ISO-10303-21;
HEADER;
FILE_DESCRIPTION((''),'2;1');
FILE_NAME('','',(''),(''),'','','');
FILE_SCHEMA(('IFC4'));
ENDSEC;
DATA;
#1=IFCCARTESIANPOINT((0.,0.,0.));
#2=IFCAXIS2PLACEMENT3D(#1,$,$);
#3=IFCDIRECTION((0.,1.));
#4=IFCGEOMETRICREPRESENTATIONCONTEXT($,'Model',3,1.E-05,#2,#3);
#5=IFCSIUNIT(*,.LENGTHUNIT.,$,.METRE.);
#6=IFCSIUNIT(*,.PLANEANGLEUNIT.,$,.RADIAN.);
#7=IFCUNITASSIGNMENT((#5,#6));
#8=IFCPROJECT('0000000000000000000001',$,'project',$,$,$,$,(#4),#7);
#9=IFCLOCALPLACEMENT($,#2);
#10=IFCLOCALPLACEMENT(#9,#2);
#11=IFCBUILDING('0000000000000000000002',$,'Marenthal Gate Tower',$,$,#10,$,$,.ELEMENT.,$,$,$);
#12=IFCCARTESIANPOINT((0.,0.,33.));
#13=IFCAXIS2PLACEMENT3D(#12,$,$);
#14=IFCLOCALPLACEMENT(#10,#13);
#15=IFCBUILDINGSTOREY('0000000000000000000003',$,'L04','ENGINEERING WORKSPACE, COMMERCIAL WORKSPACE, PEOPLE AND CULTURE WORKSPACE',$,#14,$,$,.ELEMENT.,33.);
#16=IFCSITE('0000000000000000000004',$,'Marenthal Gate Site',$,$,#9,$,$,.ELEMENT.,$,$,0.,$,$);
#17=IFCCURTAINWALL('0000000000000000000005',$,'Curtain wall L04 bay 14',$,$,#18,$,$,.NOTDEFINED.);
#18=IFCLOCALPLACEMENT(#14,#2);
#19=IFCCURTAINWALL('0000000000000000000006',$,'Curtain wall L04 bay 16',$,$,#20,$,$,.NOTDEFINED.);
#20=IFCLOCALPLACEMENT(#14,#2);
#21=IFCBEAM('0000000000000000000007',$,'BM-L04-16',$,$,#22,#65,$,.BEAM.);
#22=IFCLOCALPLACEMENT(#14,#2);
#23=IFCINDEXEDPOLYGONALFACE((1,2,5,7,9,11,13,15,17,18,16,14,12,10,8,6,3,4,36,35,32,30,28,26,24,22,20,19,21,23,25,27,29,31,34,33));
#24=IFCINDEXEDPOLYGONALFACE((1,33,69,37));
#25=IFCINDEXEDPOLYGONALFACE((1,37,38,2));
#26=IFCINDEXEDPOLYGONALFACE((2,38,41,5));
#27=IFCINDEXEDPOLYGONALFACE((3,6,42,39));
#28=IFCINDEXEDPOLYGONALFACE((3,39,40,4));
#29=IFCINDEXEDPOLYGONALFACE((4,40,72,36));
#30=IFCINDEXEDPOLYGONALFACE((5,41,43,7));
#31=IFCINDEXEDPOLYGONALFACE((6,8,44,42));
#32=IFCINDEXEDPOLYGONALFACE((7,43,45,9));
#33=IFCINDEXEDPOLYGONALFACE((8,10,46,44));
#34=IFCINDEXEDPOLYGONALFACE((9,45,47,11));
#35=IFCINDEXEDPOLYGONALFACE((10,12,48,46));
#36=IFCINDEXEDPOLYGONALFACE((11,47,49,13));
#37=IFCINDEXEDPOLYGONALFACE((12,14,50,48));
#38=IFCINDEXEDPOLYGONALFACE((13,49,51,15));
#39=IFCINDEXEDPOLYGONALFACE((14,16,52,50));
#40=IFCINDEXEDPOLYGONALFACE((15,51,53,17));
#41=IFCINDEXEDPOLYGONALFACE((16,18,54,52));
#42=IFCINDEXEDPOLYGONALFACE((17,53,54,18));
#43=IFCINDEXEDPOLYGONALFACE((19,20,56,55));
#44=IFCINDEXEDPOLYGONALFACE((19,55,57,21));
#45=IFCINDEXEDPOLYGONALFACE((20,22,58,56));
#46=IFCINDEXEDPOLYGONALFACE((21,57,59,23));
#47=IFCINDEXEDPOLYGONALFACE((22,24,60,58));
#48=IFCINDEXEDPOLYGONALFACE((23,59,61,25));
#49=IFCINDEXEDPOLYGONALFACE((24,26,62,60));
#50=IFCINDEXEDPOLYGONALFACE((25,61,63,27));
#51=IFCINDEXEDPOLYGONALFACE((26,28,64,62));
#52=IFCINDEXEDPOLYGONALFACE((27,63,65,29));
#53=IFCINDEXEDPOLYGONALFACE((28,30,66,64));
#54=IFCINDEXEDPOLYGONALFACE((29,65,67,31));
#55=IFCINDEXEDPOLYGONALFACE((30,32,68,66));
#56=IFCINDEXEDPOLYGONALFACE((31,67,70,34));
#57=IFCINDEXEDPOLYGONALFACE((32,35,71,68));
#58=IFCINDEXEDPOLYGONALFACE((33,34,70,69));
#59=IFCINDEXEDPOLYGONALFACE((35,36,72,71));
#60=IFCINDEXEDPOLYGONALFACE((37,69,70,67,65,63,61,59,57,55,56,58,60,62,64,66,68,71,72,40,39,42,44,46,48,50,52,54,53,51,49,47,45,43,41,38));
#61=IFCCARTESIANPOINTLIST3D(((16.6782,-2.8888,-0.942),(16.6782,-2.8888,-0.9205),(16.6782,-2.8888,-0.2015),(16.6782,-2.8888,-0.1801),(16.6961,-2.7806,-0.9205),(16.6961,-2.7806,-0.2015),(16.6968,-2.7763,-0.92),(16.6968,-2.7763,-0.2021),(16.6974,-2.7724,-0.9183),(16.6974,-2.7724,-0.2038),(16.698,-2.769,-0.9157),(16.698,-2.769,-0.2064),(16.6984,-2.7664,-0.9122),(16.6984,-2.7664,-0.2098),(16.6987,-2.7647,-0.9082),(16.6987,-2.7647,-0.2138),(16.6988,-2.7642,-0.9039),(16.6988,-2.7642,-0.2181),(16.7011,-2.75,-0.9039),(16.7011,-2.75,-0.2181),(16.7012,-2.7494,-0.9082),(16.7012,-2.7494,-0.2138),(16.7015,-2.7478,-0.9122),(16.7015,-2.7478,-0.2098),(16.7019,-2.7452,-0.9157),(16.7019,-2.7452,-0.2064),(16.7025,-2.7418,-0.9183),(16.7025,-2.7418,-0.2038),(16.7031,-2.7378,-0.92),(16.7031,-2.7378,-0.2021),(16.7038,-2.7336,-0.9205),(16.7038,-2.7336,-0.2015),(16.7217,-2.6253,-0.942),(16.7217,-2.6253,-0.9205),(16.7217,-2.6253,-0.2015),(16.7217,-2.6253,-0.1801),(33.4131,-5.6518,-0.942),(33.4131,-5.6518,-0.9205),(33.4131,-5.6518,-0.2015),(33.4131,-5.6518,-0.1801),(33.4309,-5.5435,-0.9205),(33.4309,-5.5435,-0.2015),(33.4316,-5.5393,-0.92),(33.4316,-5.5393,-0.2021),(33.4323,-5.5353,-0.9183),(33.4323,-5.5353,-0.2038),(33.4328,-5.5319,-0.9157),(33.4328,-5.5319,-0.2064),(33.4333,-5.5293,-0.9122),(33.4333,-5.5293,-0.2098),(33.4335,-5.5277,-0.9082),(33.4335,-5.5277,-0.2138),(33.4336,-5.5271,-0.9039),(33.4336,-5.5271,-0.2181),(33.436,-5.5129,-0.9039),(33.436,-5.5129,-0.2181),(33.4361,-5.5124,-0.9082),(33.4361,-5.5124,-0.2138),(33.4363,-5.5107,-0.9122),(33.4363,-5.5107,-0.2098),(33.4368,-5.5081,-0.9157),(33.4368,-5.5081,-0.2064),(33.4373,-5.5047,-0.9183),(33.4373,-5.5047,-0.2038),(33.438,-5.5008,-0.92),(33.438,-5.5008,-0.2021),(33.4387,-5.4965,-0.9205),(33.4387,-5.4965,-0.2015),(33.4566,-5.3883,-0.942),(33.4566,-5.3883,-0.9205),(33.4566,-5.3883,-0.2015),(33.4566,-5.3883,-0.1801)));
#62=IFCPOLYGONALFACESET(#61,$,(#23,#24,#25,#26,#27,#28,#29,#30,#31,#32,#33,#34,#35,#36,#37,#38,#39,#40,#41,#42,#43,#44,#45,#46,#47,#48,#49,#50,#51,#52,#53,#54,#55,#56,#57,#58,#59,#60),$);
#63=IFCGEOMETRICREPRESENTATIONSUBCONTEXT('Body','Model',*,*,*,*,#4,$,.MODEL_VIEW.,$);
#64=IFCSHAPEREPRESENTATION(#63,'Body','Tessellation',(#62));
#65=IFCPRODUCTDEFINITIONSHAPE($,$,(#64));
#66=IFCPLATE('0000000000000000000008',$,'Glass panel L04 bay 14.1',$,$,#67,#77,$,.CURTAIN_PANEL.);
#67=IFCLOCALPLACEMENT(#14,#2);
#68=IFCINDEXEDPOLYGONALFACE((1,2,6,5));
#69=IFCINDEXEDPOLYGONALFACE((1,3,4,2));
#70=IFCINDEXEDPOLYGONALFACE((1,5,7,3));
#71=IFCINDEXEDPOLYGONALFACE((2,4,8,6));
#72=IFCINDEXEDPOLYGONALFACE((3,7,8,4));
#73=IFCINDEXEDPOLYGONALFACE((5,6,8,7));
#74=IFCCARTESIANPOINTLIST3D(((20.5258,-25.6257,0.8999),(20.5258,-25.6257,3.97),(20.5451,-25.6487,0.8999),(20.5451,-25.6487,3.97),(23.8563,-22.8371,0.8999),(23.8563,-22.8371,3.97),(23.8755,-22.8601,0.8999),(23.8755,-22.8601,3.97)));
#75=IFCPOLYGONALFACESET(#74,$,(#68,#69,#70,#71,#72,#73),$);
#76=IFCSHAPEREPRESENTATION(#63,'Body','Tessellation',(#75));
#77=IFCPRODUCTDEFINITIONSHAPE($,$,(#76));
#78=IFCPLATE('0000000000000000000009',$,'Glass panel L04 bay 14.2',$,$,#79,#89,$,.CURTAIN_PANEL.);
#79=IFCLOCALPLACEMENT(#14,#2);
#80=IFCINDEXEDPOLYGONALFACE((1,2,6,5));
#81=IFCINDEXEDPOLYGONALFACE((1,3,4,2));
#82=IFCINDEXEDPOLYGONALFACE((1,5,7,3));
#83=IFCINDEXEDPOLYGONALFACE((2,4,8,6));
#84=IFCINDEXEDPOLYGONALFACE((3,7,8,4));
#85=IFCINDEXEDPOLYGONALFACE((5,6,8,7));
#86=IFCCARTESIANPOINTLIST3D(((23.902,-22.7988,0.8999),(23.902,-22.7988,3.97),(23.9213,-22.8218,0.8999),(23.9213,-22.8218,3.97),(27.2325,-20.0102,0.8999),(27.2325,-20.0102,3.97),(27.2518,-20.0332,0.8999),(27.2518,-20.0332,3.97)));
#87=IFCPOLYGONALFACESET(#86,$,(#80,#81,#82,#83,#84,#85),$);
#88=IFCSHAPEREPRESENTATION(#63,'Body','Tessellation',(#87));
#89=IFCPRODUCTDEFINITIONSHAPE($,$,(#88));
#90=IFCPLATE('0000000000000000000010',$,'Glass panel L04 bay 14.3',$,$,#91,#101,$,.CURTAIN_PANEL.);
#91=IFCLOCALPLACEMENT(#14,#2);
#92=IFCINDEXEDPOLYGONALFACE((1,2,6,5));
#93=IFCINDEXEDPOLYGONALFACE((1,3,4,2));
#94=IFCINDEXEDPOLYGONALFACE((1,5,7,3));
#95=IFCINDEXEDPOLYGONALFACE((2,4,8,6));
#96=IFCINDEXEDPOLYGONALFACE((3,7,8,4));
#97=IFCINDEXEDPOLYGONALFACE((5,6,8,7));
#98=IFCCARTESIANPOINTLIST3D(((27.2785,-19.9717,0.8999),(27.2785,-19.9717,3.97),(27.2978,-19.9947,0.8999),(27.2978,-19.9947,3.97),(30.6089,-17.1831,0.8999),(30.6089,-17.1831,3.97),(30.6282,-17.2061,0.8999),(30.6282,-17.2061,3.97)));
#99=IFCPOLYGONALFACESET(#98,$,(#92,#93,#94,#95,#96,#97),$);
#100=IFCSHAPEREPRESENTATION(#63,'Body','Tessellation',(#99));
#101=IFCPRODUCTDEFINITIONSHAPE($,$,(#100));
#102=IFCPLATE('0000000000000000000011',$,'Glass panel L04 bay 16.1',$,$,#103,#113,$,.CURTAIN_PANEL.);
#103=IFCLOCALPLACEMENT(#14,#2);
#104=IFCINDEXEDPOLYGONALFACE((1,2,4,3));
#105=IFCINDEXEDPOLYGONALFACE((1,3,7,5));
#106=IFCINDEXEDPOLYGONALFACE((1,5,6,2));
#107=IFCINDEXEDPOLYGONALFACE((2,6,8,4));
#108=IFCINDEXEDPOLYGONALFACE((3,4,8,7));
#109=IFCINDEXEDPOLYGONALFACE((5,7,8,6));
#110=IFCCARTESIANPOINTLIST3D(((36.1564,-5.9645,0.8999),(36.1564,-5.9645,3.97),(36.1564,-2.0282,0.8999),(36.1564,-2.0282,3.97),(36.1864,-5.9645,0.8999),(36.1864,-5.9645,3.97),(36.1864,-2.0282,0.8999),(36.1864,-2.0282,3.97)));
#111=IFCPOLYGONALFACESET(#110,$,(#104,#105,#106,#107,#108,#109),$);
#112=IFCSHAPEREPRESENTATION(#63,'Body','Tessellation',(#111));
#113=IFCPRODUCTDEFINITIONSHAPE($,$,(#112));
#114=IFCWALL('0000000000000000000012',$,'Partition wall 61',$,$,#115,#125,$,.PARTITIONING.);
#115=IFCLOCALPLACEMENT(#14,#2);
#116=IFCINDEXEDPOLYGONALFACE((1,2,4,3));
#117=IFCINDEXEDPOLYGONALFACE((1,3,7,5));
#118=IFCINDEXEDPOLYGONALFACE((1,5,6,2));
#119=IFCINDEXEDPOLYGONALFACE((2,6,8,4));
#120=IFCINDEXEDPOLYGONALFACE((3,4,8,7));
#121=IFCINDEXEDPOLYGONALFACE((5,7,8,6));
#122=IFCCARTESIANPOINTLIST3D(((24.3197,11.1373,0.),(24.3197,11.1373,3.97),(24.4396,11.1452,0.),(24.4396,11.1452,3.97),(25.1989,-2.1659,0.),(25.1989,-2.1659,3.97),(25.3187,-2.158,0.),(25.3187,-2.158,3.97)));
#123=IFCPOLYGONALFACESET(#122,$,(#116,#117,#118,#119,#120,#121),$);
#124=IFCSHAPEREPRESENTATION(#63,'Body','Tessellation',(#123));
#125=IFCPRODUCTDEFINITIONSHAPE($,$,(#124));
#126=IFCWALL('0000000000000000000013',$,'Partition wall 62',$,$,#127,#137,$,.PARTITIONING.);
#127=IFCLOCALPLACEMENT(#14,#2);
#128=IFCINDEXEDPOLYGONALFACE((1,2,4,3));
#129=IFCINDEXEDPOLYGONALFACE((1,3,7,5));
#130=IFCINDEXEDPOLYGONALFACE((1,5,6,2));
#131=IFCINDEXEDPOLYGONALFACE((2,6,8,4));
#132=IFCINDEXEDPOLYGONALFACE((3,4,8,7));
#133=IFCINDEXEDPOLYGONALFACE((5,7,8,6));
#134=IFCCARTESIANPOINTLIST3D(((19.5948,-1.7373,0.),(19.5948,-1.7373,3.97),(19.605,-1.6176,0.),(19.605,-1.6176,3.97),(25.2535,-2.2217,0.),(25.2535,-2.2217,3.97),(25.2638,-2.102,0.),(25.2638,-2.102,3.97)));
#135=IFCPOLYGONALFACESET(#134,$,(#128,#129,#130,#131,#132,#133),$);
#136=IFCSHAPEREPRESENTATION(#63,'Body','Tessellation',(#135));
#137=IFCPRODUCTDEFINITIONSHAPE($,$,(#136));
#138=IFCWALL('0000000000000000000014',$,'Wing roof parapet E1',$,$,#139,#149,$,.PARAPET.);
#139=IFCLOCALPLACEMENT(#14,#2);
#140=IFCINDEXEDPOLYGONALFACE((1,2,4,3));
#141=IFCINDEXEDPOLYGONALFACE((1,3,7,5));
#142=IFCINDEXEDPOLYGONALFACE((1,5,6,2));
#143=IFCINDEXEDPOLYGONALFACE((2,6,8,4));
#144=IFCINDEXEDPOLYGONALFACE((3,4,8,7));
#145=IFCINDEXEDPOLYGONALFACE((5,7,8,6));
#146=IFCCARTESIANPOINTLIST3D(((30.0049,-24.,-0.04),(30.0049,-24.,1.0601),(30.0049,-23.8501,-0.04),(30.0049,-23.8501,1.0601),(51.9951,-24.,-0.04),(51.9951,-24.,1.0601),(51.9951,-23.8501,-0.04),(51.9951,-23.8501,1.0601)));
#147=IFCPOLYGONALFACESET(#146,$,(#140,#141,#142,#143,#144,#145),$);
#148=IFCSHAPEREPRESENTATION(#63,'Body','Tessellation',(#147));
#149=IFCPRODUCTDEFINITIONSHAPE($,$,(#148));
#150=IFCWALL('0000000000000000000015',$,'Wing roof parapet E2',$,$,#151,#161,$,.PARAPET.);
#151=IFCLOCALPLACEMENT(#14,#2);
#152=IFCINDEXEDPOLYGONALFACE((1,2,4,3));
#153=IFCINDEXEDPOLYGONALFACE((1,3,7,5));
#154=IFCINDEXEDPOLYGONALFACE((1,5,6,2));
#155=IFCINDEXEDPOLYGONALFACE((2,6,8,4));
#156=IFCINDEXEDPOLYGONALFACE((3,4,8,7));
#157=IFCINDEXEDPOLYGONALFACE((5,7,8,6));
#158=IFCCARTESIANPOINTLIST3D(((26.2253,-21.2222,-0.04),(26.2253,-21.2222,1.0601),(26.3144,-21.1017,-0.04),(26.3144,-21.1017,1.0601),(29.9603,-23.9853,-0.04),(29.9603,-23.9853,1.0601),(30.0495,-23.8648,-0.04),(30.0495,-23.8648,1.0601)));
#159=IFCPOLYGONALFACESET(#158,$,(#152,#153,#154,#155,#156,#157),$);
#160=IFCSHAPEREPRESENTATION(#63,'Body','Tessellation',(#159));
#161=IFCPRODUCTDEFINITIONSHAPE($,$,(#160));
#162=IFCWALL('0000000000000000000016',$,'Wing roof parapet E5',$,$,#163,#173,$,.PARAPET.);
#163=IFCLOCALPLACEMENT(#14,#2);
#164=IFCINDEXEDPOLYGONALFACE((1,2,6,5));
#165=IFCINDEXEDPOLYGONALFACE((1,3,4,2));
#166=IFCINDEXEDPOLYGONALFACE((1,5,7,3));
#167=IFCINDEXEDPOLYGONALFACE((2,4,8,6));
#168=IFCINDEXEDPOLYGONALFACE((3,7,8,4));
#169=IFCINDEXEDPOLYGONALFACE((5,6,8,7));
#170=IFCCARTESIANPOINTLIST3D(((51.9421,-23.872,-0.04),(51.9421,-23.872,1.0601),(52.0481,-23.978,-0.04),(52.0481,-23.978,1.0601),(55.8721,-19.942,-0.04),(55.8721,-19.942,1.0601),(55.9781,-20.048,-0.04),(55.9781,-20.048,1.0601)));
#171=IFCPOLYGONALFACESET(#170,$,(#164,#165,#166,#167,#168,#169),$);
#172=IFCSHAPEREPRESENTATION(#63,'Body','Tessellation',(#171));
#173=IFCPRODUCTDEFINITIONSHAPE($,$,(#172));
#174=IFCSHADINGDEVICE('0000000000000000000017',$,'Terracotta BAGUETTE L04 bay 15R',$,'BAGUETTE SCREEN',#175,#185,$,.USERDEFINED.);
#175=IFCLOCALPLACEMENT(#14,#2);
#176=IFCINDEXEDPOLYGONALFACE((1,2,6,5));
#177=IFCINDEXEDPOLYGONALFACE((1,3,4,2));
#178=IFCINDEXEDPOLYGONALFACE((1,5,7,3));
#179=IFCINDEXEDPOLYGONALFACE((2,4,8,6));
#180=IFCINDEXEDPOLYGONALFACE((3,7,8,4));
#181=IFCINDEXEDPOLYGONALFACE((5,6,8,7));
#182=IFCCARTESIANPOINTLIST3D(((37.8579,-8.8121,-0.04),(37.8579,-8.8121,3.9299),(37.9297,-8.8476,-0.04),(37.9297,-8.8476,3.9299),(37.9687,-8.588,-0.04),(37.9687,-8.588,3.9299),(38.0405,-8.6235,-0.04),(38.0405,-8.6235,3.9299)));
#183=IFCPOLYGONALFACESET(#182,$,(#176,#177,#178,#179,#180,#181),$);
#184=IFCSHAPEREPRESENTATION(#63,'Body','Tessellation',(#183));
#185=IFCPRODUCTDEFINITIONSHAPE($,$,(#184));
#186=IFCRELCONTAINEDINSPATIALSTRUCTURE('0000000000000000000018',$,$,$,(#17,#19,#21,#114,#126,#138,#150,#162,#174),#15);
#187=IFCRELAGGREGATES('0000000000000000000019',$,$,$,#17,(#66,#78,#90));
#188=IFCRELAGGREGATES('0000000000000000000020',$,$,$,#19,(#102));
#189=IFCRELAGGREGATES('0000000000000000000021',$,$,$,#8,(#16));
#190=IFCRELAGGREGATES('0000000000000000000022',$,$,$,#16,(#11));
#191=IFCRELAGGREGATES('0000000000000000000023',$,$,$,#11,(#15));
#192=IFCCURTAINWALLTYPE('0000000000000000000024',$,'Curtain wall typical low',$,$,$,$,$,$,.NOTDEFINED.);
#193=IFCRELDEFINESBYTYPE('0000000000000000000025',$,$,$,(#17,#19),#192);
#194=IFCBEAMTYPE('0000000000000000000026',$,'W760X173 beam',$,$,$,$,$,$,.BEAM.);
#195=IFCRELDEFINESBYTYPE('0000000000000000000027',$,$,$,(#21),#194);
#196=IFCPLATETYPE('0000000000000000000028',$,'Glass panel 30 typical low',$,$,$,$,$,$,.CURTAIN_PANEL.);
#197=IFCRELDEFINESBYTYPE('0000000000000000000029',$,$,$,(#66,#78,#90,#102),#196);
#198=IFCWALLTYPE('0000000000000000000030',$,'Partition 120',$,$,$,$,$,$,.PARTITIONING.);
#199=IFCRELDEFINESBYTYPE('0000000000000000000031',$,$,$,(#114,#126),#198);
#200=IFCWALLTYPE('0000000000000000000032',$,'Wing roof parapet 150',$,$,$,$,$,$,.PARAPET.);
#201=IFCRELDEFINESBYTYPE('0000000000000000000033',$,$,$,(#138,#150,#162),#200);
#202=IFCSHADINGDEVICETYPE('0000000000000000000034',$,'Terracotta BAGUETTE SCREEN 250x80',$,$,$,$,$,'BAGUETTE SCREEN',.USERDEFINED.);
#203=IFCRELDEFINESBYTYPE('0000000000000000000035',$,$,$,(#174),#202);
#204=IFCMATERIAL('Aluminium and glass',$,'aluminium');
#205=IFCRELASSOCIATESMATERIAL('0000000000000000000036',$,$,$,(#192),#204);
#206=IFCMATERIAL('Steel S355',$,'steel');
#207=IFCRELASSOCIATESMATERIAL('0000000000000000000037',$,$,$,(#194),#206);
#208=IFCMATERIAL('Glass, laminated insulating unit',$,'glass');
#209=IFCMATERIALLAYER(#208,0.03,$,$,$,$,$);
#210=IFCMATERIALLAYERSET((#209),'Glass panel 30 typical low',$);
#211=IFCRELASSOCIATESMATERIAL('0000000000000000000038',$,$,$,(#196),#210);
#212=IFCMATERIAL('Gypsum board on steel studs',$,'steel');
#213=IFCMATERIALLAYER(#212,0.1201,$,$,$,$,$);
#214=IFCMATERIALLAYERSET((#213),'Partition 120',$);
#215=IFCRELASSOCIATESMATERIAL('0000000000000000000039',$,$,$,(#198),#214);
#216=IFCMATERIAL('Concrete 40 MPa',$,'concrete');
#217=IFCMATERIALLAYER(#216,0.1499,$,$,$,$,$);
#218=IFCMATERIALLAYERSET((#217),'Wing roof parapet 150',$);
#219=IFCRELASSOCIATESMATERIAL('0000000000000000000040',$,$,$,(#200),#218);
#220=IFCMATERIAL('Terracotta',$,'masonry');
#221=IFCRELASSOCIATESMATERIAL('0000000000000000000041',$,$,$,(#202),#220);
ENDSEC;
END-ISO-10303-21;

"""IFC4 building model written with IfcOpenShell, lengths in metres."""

from ifc_helpers import new_model, si_unit, direction, frame, frame_2d, origin, origin_2d, place, context, subcontext, project, spatial, rectangle, i_section, extrude, material, layer, layer_set, material_profile, profile_set, type_object, element, aggregate, save


model = new_model("IFC4")

# Units and contexts
model_context = context("Model", 3, precision=1e-05, world=origin(), true_north=direction((0.0, 1.0)))
body_context = subcontext(model_context, "Body", "Model", "MODEL_VIEW")
ifc_project = project(units=[si_unit("LENGTHUNIT", "METRE"), si_unit("PLANEANGLEUNIT", "RADIAN")], contexts=[model_context])

# Site, building, storey
site_placement = place(None, origin())
site = spatial("IfcSite", under=ifc_project, at=site_placement, Name="Marenthal Gate Site", CompositionType="ELEMENT", RefElevation=0.0)
building_placement = place(site_placement, origin())
building = spatial("IfcBuilding", under=site, at=building_placement, Name="Marenthal Gate Tower", CompositionType="ELEMENT")
storey_placement = place(building_placement, frame((0.0, 0.0, 33.0)))
storey = spatial("IfcBuildingStorey", under=building, at=storey_placement, Name="L04", Description="ENGINEERING WORKSPACE, COMMERCIAL WORKSPACE, PEOPLE AND CULTURE WORKSPACE", CompositionType="ELEMENT", Elevation=33.0)

# Curtain walls
ifc_material_1 = material(Name="Aluminium and glass", Category="aluminium")
curtain_wall_type = type_object("IfcCurtainWallType", Name="Curtain wall typical low", PredefinedType="NOTDEFINED", material=ifc_material_1)
curtain_wall_1_placement = place(storey_placement, origin())
curtain_wall_1 = element("IfcCurtainWall", 1, at=curtain_wall_1_placement, inside=storey, type_object=curtain_wall_type, Name="Curtain wall L04 bay 14", PredefinedType="NOTDEFINED")
curtain_wall_2_placement = place(storey_placement, origin())
curtain_wall_2 = element("IfcCurtainWall", 2, at=curtain_wall_2_placement, inside=storey, type_object=curtain_wall_type, Name="Curtain wall L04 bay 16", PredefinedType="NOTDEFINED")

# Beam
ifc_material_2 = material(Name="Steel S355", Category="steel")
ifc_material_profile_1 = material_profile(ifc_material_2, i_section(OverallWidth=0.2671, OverallDepth=0.762, WebThickness=0.0144, FlangeThickness=0.0215, FilletRadius=0.0166, at=origin_2d()), Name="W760X173")
ifc_profile_set_1 = profile_set([ifc_material_profile_1], Name="Steel S355")
beam_type_1 = type_object("IfcBeamType", Name="W760X173 beam", PredefinedType="BEAM", material=ifc_profile_set_1)
beam_1_placement = place(storey_placement, frame((33.4348, -5.52, -0.561), z_axis=(-0.986643, 0.162896, 0.0), x_axis=(-0.162896, -0.986643, 0.0)))
element("IfcBeam", 3, at=beam_1_placement, inside=storey, type_object=beam_type_1, Name="BM-L04-16", PredefinedType="BEAM", context=body_context, shape_type="SweptSolid", body=[
    extrude(i_section(OverallWidth=0.2671, OverallDepth=0.762, WebThickness=0.0144, FlangeThickness=0.0215, FilletRadius=0.0166, at=origin_2d()), origin(), (0.0, 0.0, 1.0), 16.9614),
])

# Plates
ifc_material_3 = material(Name="Glass, laminated insulating unit", Category="glass")
ifc_layer_1 = layer(ifc_material_3, 0.03)
ifc_layer_set_1 = layer_set([ifc_layer_1], Name="Glass panel 30 typical low")
plate_type = type_object("IfcPlateType", Name="Glass panel 30 typical low", PredefinedType="CURTAIN_PANEL", material=ifc_layer_set_1)
plate_1_placement = place(storey_placement, frame((22.2007, -24.2429, 0.8999), z_axis=(0.0, 0.0, 1.0), x_axis=(0.76672, 0.641982, 0.0)))
plate_1 = element("IfcPlate", 4, at=plate_1_placement, type_object=plate_type, Name="Glass panel L04 bay 14.1", PredefinedType="CURTAIN_PANEL", context=body_context, shape_type="SweptSolid", body=[
    extrude(rectangle(XDim=4.3438, YDim=0.03, at=origin_2d()), origin(), (0.0, 0.0, 1.0), 3.0701),
])
plate_2_placement = place(storey_placement, frame((25.5769, -21.416, 0.8999), z_axis=(0.0, 0.0, 1.0), x_axis=(0.76672, 0.641982, 0.0)))
plate_2 = element("IfcPlate", 5, at=plate_2_placement, type_object=plate_type, Name="Glass panel L04 bay 14.2", PredefinedType="CURTAIN_PANEL", context=body_context, shape_type="SweptSolid", body=[
    extrude(rectangle(XDim=4.3438, YDim=0.03, at=origin_2d()), origin(), (0.0, 0.0, 1.0), 3.0701),
])
plate_3_placement = place(storey_placement, frame((28.9534, -18.5889, 0.8999), z_axis=(0.0, 0.0, 1.0), x_axis=(0.76672, 0.641982, 0.0)))
plate_3 = element("IfcPlate", 6, at=plate_3_placement, type_object=plate_type, Name="Glass panel L04 bay 14.3", PredefinedType="CURTAIN_PANEL", context=body_context, shape_type="SweptSolid", body=[
    extrude(rectangle(XDim=4.3438, YDim=0.03, at=origin_2d()), origin(), (0.0, 0.0, 1.0), 3.0701),
])
aggregate(curtain_wall_1, [plate_1, plate_2, plate_3])
plate_4_placement = place(storey_placement, frame((36.1714, -3.9963, 0.8999), z_axis=(0.0, 0.0, 1.0), x_axis=(0.0, 1.0, 0.0)))
plate_4 = element("IfcPlate", 7, at=plate_4_placement, type_object=plate_type, Name="Glass panel L04 bay 16.1", PredefinedType="CURTAIN_PANEL", context=body_context, shape_type="SweptSolid", body=[
    extrude(rectangle(XDim=3.9363, YDim=0.03, at=origin_2d()), origin(), (0.0, 0.0, 1.0), 3.0701),
])
aggregate(curtain_wall_2, [plate_4])

# Walls
ifc_material_4 = material(Name="Gypsum board on steel studs", Category="steel")
ifc_layer_2 = layer(ifc_material_4, 0.1201)
ifc_layer_set_2 = layer_set([ifc_layer_2], Name="Partition 120")
wall_type_1 = type_object("IfcWallType", Name="Partition 120", PredefinedType="PARTITIONING", material=ifc_layer_set_2)
wall_1_placement = place(storey_placement, frame((25.2588, -2.1619, 0.0), z_axis=(0.0, 0.0, 1.0), x_axis=(-0.065942, 0.997823, 0.0)))
element("IfcWall", 8, at=wall_1_placement, inside=storey, type_object=wall_type_1, Name="Partition wall 61", PredefinedType="PARTITIONING", context=body_context, shape_type="SweptSolid", body=[
    extrude(rectangle(XDim=13.3323, YDim=0.1201, at=frame_2d((6.666, 0.0))), origin(), (0.0, 0.0, 1.0), 3.97),
])
wall_2_placement = place(storey_placement, frame((25.2588, -2.1619, 0.0), z_axis=(0.0, 0.0, 1.0), x_axis=(-0.996356, 0.085287, 0.0)))
element("IfcWall", 9, at=wall_2_placement, inside=storey, type_object=wall_type_1, Name="Partition wall 62", PredefinedType="PARTITIONING", context=body_context, shape_type="SweptSolid", body=[
    extrude(rectangle(XDim=5.6794, YDim=0.1201, at=frame_2d((2.8398, 0.0))), origin(), (0.0, 0.0, 1.0), 3.97),
])

# Walls
ifc_material_5 = material(Name="Concrete 40 MPa", Category="concrete")
ifc_layer_3 = layer(ifc_material_5, 0.1499)
ifc_layer_set_3 = layer_set([ifc_layer_3], Name="Wing roof parapet 150")
wall_type_2 = type_object("IfcWallType", Name="Wing roof parapet 150", PredefinedType="PARAPET", material=ifc_layer_set_3)
wall_3_placement = place(storey_placement, frame((51.9951, -23.925, -0.04), z_axis=(0.0, 0.0, 1.0), x_axis=(-1.0, 0.0, 0.0)))
element("IfcWall", 10, at=wall_3_placement, inside=storey, type_object=wall_type_2, Name="Wing roof parapet E1", PredefinedType="PARAPET", context=body_context, shape_type="SweptSolid", body=[
    extrude(rectangle(XDim=21.9902, YDim=0.1499, at=frame_2d((10.9951, 0.0))), origin(), (0.0, 0.0, 1.0), 1.1001),
])
wall_4_placement = place(storey_placement, frame((30.0049, -23.925, -0.04), z_axis=(0.0, 0.0, 1.0), x_axis=(-0.803924, 0.594732, 0.0)))
element("IfcWall", 11, at=wall_4_placement, inside=storey, type_object=wall_type_2, Name="Wing roof parapet E2", PredefinedType="PARAPET", context=body_context, shape_type="SweptSolid", body=[
    extrude(rectangle(XDim=4.646, YDim=0.1499, at=frame_2d((2.323, 0.0))), origin(), (0.0, 0.0, 1.0), 1.1001),
])
wall_5_placement = place(storey_placement, frame((55.925, -19.9951, -0.04), z_axis=(0.0, 0.0, 1.0), x_axis=(-0.707107, -0.707107, 0.0)))
element("IfcWall", 12, at=wall_5_placement, inside=storey, type_object=wall_type_2, Name="Wing roof parapet E5", PredefinedType="PARAPET", context=body_context, shape_type="SweptSolid", body=[
    extrude(rectangle(XDim=5.5579, YDim=0.1499, at=frame_2d((2.7788, 0.0))), origin(), (0.0, 0.0, 1.0), 1.1001),
])

# Shading device
ifc_material_6 = material(Name="Terracotta", Category="masonry")
ifc_material_profile_2 = material_profile(ifc_material_6, rectangle(XDim=0.25, YDim=0.0801, at=origin_2d()), Name="Terracotta baguette 250x80")
ifc_profile_set_2 = profile_set([ifc_material_profile_2], Name="Terracotta")
shading_device_type = type_object("IfcShadingDeviceType", Name="Terracotta BAGUETTE SCREEN 250x80", ElementType="BAGUETTE SCREEN", PredefinedType="USERDEFINED", material=ifc_profile_set_2)
shading_device_placement = place(storey_placement, frame((37.9492, -8.7178, -0.04), z_axis=(0.0, 0.0, 1.0), x_axis=(0.44312, 0.896462, 0.0)))
element("IfcShadingDevice", 13, at=shading_device_placement, inside=storey, type_object=shading_device_type, Name="Terracotta BAGUETTE L04 bay 15R", ObjectType="BAGUETTE SCREEN", PredefinedType="USERDEFINED", context=body_context, shape_type="SweptSolid", body=[
    extrude(rectangle(XDim=0.25, YDim=0.0801, at=origin_2d()), origin(), (0.0, 0.0, 1.0), 3.97),
])

save(model, "model.ifc")
